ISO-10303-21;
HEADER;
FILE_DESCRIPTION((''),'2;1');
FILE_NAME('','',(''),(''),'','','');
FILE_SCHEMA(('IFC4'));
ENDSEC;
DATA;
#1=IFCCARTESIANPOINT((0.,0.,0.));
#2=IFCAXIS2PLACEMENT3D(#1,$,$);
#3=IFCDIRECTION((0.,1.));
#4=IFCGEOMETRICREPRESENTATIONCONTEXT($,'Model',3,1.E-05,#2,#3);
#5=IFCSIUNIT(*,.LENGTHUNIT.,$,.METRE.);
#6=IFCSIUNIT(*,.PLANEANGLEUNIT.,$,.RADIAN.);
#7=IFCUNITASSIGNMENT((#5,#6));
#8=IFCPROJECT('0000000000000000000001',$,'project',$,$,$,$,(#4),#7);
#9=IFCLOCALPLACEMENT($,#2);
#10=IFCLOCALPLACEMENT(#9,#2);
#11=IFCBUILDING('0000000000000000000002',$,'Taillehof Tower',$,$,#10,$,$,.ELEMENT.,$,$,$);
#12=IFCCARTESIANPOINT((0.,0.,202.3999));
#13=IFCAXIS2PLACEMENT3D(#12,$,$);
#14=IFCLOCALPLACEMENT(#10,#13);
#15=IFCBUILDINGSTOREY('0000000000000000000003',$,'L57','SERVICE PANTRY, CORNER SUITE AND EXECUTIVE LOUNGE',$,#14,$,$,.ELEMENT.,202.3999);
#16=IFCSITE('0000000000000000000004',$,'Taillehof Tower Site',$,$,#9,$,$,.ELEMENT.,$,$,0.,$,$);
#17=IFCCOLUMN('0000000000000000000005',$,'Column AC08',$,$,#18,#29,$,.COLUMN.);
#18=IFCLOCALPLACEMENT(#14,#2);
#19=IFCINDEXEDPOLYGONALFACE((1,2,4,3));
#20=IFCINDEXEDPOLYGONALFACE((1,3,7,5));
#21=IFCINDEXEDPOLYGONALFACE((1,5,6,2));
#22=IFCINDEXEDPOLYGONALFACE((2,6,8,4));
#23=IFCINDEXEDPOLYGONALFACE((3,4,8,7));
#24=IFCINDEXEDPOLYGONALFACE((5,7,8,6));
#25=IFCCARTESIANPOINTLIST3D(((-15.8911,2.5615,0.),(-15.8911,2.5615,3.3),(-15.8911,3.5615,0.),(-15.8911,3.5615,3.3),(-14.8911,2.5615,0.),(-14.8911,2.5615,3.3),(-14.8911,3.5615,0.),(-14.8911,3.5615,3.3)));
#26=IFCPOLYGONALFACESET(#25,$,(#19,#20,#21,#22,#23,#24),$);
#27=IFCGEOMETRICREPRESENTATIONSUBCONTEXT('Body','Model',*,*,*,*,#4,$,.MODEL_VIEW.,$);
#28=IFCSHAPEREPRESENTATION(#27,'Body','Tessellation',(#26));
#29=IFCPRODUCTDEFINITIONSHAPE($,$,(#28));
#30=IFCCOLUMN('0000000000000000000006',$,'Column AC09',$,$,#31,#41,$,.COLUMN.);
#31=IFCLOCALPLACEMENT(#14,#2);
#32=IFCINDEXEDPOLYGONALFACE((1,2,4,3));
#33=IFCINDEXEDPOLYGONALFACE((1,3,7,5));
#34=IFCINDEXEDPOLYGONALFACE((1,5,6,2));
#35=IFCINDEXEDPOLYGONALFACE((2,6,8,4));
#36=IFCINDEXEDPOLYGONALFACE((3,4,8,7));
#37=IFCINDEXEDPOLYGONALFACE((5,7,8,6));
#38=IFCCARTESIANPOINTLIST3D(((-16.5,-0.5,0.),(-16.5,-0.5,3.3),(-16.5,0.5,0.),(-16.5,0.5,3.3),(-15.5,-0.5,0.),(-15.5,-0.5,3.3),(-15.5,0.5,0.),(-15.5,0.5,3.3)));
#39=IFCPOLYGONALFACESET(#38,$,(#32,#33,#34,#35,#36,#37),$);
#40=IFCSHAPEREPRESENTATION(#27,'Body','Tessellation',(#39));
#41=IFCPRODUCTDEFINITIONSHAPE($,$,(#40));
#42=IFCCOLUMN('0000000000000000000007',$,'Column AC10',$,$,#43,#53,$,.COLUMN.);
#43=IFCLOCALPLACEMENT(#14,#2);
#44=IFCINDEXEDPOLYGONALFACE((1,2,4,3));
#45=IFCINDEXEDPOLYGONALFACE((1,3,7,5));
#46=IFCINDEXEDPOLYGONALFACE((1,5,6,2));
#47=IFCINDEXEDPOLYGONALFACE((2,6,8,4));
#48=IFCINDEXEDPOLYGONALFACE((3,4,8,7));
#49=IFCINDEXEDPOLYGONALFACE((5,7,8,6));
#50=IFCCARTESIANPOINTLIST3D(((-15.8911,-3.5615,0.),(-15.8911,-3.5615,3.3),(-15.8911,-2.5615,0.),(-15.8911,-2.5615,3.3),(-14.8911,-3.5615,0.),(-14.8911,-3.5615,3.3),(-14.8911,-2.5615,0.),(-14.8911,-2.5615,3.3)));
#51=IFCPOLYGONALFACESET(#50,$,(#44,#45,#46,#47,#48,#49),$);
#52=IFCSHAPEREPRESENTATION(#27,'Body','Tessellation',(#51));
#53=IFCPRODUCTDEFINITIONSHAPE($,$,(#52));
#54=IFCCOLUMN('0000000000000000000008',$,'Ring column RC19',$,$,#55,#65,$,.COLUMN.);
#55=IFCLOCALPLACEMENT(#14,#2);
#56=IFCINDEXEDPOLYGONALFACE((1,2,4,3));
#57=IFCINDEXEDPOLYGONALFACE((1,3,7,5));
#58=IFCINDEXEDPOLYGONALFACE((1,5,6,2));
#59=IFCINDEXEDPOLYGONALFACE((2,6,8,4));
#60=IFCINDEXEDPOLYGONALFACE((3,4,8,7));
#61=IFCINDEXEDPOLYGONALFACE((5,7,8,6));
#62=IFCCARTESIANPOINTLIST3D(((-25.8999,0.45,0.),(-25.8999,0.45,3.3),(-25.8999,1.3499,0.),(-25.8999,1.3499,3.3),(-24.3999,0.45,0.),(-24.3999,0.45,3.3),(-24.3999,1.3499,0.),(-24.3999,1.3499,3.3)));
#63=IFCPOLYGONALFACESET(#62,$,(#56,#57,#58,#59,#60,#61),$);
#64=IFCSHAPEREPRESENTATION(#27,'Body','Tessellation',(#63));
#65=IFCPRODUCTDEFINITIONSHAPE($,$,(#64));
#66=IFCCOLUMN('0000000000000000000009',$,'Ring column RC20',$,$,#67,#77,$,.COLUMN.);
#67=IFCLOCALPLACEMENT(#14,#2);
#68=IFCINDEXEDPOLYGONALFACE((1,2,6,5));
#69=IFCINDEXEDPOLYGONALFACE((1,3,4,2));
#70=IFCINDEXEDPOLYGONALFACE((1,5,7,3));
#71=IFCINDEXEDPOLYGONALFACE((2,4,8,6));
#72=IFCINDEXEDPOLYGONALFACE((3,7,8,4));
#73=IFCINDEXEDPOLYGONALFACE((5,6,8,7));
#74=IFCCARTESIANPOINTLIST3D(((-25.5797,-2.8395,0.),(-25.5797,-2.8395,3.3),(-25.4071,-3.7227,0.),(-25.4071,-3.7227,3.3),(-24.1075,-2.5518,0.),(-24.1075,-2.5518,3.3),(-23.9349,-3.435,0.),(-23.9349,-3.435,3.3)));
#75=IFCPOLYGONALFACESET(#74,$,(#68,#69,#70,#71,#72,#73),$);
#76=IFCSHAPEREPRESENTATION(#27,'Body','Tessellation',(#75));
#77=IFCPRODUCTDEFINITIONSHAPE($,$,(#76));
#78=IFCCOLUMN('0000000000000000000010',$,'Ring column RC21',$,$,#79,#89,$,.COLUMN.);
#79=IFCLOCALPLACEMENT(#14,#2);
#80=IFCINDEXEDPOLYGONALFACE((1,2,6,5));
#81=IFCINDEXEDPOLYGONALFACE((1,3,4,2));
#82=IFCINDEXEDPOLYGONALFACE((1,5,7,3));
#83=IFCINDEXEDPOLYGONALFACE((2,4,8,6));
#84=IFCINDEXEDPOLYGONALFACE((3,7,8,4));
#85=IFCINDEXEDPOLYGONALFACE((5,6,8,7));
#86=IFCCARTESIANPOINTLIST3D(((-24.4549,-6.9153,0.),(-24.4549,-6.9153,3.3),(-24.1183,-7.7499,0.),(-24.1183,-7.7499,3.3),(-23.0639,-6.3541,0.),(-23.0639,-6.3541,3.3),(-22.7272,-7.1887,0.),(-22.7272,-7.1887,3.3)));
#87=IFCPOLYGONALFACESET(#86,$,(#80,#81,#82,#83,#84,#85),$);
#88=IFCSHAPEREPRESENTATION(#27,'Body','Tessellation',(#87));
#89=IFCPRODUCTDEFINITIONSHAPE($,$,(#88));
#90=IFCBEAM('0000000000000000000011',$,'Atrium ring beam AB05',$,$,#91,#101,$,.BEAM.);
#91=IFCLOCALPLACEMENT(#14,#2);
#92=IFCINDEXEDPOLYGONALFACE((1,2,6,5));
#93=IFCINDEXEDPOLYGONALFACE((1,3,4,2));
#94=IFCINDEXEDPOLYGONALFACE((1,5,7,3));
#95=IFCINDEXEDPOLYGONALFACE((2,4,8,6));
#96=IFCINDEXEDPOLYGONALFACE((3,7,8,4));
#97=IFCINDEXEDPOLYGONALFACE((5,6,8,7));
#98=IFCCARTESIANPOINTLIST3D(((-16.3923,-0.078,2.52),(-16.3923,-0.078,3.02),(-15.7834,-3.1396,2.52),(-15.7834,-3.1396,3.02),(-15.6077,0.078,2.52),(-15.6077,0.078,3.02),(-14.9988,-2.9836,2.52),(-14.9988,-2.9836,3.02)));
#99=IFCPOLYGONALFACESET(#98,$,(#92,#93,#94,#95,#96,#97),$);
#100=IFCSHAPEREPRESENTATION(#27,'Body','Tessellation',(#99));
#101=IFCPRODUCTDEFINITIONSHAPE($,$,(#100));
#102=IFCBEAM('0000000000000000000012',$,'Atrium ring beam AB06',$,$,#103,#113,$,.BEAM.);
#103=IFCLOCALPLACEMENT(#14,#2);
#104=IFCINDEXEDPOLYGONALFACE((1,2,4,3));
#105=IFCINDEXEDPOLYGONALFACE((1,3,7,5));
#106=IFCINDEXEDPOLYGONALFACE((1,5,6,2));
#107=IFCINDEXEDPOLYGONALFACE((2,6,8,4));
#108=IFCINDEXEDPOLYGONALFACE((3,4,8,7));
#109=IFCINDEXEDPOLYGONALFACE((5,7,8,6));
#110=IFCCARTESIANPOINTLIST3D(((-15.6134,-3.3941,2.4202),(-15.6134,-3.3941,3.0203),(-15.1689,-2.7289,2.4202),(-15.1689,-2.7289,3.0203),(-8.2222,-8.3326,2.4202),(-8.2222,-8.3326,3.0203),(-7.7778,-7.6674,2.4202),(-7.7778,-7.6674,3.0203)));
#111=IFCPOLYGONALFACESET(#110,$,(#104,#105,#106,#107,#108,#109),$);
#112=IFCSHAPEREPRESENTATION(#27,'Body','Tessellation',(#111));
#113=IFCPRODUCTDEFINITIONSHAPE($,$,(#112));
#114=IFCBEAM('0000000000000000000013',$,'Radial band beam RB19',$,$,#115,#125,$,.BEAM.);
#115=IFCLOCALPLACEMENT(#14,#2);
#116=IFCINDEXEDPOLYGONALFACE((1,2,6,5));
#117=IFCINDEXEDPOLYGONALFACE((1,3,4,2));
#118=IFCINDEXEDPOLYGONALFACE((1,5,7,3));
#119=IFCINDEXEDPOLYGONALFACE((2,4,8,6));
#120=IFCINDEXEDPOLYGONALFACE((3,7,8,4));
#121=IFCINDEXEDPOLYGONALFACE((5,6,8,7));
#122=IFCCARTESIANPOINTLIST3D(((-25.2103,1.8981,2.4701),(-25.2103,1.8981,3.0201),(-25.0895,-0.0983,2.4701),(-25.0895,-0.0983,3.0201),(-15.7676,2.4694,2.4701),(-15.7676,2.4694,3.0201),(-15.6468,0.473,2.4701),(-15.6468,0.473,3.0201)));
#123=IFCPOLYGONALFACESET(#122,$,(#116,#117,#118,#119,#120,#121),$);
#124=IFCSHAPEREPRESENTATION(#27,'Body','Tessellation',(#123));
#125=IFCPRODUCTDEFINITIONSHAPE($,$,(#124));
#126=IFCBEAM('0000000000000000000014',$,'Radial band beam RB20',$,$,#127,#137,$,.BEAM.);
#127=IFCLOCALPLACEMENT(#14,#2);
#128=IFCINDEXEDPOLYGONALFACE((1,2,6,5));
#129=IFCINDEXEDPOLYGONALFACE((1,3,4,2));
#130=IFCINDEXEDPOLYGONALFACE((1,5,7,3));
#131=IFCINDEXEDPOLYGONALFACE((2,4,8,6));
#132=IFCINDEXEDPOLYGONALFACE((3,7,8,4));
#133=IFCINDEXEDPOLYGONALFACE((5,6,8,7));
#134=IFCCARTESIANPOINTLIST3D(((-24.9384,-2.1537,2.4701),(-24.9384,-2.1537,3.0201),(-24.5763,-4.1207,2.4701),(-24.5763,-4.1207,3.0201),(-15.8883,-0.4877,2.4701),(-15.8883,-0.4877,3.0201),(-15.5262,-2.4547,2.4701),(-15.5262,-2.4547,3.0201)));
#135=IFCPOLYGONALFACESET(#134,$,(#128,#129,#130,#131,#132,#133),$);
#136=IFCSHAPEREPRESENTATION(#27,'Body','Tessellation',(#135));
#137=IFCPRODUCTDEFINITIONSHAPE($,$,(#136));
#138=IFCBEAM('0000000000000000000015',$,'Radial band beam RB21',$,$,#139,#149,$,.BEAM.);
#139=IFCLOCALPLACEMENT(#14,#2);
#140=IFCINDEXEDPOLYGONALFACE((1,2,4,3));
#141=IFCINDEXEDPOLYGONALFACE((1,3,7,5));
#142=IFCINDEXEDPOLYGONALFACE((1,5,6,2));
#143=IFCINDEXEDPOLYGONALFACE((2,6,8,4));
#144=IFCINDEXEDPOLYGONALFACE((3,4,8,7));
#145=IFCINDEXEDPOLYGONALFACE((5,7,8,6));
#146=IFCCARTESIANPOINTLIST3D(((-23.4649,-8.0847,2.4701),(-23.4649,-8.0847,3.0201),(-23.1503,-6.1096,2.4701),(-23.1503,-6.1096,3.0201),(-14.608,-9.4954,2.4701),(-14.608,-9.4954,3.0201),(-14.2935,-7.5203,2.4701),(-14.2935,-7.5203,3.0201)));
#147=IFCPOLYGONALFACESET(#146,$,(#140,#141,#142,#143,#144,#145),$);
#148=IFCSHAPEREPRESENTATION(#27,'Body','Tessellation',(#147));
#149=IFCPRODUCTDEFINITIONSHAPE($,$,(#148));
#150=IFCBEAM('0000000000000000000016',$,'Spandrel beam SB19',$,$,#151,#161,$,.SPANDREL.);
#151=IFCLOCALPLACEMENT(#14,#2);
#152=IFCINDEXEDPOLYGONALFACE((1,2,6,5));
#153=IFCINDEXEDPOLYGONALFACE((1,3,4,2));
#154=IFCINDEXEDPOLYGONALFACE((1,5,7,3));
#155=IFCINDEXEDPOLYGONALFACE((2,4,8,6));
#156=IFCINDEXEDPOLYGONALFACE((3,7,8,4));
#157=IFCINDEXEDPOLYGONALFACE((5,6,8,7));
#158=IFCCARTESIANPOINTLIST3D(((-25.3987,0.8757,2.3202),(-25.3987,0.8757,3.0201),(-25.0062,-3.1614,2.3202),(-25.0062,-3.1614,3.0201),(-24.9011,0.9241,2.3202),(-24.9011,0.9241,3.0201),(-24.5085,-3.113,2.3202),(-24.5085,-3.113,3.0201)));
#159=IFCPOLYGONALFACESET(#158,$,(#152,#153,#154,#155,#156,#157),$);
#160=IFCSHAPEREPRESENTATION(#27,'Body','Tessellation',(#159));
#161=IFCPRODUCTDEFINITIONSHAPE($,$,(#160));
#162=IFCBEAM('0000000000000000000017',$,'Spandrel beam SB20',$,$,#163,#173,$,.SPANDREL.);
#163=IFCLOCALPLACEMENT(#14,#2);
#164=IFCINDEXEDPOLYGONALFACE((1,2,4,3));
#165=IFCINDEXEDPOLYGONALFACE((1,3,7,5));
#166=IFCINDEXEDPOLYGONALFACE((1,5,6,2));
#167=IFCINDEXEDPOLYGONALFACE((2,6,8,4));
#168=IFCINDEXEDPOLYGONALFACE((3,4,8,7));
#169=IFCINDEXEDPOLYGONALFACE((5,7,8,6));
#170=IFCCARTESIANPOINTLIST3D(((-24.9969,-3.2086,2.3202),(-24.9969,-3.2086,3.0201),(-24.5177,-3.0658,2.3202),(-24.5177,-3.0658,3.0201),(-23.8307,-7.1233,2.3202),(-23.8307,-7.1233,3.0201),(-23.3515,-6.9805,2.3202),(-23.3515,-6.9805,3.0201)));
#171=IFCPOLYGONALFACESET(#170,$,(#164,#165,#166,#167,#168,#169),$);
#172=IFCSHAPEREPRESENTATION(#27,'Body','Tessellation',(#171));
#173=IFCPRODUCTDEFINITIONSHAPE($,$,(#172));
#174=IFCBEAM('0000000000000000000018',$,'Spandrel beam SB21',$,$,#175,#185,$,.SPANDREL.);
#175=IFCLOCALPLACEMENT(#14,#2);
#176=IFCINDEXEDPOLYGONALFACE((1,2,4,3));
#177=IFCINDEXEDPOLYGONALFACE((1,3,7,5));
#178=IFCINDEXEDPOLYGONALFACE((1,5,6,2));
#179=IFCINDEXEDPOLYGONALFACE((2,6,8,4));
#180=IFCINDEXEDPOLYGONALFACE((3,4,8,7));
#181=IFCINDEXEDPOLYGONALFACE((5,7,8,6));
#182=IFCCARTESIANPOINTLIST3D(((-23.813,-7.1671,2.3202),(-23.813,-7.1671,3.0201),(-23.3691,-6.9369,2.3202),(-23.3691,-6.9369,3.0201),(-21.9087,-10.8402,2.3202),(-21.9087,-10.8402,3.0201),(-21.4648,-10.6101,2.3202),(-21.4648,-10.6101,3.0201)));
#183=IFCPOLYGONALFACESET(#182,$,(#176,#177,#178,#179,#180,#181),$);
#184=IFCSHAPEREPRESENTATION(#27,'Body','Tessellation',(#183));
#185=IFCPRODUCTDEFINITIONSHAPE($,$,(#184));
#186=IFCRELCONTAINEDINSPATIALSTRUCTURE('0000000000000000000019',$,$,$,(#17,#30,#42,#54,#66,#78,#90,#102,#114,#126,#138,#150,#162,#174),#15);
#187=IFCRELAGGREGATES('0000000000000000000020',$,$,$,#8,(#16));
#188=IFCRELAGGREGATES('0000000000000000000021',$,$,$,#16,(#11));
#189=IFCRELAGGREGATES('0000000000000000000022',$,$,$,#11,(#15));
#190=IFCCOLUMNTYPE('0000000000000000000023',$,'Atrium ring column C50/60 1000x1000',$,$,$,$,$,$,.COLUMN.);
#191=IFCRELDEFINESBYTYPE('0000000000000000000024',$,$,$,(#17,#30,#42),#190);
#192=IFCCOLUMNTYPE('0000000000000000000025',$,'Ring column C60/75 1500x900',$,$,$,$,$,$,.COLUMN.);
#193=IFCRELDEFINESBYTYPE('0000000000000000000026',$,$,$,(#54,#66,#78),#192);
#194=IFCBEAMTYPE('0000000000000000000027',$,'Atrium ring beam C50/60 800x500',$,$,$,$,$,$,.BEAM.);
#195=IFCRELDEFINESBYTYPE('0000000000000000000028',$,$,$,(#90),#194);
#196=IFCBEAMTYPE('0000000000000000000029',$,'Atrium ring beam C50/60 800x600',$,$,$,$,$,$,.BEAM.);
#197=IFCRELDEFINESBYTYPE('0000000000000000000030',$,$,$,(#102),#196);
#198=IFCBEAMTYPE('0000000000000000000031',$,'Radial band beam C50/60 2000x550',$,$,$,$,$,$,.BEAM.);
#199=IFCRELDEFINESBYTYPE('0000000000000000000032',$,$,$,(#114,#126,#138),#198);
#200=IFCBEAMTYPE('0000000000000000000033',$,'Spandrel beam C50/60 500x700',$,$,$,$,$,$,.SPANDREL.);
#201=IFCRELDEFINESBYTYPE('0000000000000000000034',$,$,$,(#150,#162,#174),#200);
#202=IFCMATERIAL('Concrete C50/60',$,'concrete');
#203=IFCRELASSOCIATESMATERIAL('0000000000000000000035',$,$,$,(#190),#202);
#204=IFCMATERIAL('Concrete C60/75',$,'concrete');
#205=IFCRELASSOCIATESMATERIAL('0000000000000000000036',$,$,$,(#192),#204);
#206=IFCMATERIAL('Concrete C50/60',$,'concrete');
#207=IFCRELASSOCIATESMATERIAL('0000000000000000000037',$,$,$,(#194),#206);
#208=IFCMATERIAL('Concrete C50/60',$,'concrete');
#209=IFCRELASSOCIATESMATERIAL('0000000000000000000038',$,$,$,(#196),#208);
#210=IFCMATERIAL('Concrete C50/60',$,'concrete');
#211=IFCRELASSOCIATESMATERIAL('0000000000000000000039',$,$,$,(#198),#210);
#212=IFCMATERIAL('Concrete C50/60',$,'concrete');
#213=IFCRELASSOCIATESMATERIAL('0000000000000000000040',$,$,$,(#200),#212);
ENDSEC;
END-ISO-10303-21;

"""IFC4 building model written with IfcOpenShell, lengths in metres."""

from ifc_helpers import new_model, si_unit, direction, frame, origin, origin_2d, place, context, subcontext, project, spatial, rectangle, extrude, material, material_profile, profile_set, type_object, element, save


model = new_model("IFC4")

# Units and contexts
model_context = context("Model", 3, precision=1e-05, world=origin(), true_north=direction((0.0, 1.0)))
body_context = subcontext(model_context, "Body", "Model", "MODEL_VIEW")
ifc_project = project(units=[si_unit("LENGTHUNIT", "METRE"), si_unit("PLANEANGLEUNIT", "RADIAN")], contexts=[model_context])

# Site, building, storey
site_placement = place(None, origin())
site = spatial("IfcSite", under=ifc_project, at=site_placement, Name="Taillehof Tower Site", CompositionType="ELEMENT", RefElevation=0.0)
building_placement = place(site_placement, origin())
building = spatial("IfcBuilding", under=site, at=building_placement, Name="Taillehof Tower", CompositionType="ELEMENT")
storey_placement = place(building_placement, frame((0.0, 0.0, 202.3999)))
storey = spatial("IfcBuildingStorey", under=building, at=storey_placement, Name="L57", Description="SERVICE PANTRY, CORNER SUITE AND EXECUTIVE LOUNGE", CompositionType="ELEMENT", Elevation=202.3999)

# Columns
ifc_material_1 = material(Name="Concrete C50/60", Category="concrete")
ifc_material_profile_1 = material_profile(ifc_material_1, rectangle(XDim=1.0, YDim=1.0, at=origin_2d()), Name="RC 1000x1000")
ifc_profile_set_1 = profile_set([ifc_material_profile_1], Name="Concrete C50/60")
column_type_1 = type_object("IfcColumnType", Name="Atrium ring column C50/60 1000x1000", PredefinedType="COLUMN", material=ifc_profile_set_1)
for number, where, z_axis, x_axis, name in (
    (1, (-15.3911, 3.0615, 0.0), (0.0, 0.0, 1.0), (1.0, 0.0, 0.0), "Column AC08"),
    (2, (-16.0, 0.0, 0.0), (0.0, 0.0, 1.0), (1.0, 0.0, 0.0), "Column AC09"),
    (3, (-15.3911, -3.0615, 0.0), (0.0, 0.0, 1.0), (1.0, 0.0, 0.0), "Column AC10"),
):
    element("IfcColumn", number, at=place(storey_placement, frame(where, z_axis=z_axis, x_axis=x_axis)), inside=storey, type_object=column_type_1, Name=name, PredefinedType="COLUMN", context=body_context, shape_type="SweptSolid", body=[
        extrude(rectangle(XDim=1.0, YDim=1.0, at=origin_2d()), origin(), (0.0, 0.0, 1.0), 3.3),
    ])
ifc_material_2 = material(Name="Concrete C60/75", Category="concrete")
ifc_material_profile_2 = material_profile(ifc_material_2, rectangle(XDim=1.5, YDim=0.8999, at=origin_2d()), Name="RC 1500x900")
ifc_profile_set_2 = profile_set([ifc_material_profile_2], Name="Concrete C60/75")
column_type_2 = type_object("IfcColumnType", Name="Ring column C60/75 1500x900", PredefinedType="COLUMN", material=ifc_profile_set_2)
for number, where, z_axis, x_axis, name in (
    (4, (-25.1499, 0.8999, 0.0), (0.0, 0.0, 1.0), (-1.0, 0.0, 0.0), "Ring column RC19"),
    (5, (-24.7573, -3.1372, 0.0), (0.0, 0.0, 1.0), (-0.981434, -0.191801, 0.0), "Ring column RC20"),
    (6, (-23.5911, -7.052, 0.0), (0.0, 0.0, 1.0), (-0.927385, -0.374108, 0.0), "Ring column RC21"),
):
    element("IfcColumn", number, at=place(storey_placement, frame(where, z_axis=z_axis, x_axis=x_axis)), inside=storey, type_object=column_type_2, Name=name, PredefinedType="COLUMN", context=body_context, shape_type="SweptSolid", body=[
        extrude(rectangle(XDim=1.5, YDim=0.8999, at=origin_2d()), origin(), (0.0, 0.0, 1.0), 3.3),
    ])

# Beams
ifc_material_3 = material(Name="Concrete C50/60", Category="concrete")
ifc_material_profile_3 = material_profile(ifc_material_3, rectangle(XDim=0.8, YDim=0.5, at=origin_2d()), Name="RC 800x500")
ifc_profile_set_3 = profile_set([ifc_material_profile_3], Name="Concrete C50/60")
beam_type_1 = type_object("IfcBeamType", Name="Atrium ring beam C50/60 800x500", PredefinedType="BEAM", material=ifc_profile_set_3)
beam_1_placement = place(storey_placement, frame((-16.0, 0.0, 2.77), z_axis=(0.195063, -0.980791, 0.0), x_axis=(0.980791, 0.195063, 0.0)))
element("IfcBeam", 7, at=beam_1_placement, inside=storey, type_object=beam_type_1, Name="Atrium ring beam AB05", PredefinedType="BEAM", context=body_context, shape_type="SweptSolid", body=[
    extrude(rectangle(XDim=0.8, YDim=0.5, at=origin_2d()), origin(), (0.0, 0.0, 1.0), 3.1216),
])
ifc_material_4 = material(Name="Concrete C50/60", Category="concrete")
ifc_material_profile_4 = material_profile(ifc_material_4, rectangle(XDim=0.8, YDim=0.6001, at=origin_2d()), Name="RC 800x600")
ifc_profile_set_4 = profile_set([ifc_material_profile_4], Name="Concrete C50/60")
beam_type_2 = type_object("IfcBeamType", Name="Atrium ring beam C50/60 800x600", PredefinedType="BEAM", material=ifc_profile_set_4)
beam_2_placement = place(storey_placement, frame((-15.3911, -3.0615, 2.7202), z_axis=(0.831475, -0.555562, 0.0), x_axis=(0.555562, 0.831475, 0.0)))
element("IfcBeam", 8, at=beam_2_placement, inside=storey, type_object=beam_type_2, Name="Atrium ring beam AB06", PredefinedType="BEAM", context=body_context, shape_type="SweptSolid", body=[
    extrude(rectangle(XDim=0.8, YDim=0.6001, at=origin_2d()), origin(), (0.0, 0.0, 1.0), 8.8892),
])
ifc_material_5 = material(Name="Concrete C50/60", Category="concrete")
ifc_material_profile_5 = material_profile(ifc_material_5, rectangle(XDim=2.0, YDim=0.55, at=origin_2d()), Name="RC 2000x550")
ifc_profile_set_5 = profile_set([ifc_material_profile_5], Name="Concrete C50/60")
beam_type_3 = type_object("IfcBeamType", Name="Radial band beam C50/60 2000x550", PredefinedType="BEAM", material=ifc_profile_set_5)
beam_3_placement = place(storey_placement, frame((-25.1499, 0.8999, 2.7451), z_axis=(0.998175, 0.060391, 0.0), x_axis=(-0.060391, 0.998175, 0.0)))
element("IfcBeam", 9, at=beam_3_placement, inside=storey, type_object=beam_type_3, Name="Radial band beam RB19", PredefinedType="BEAM", context=body_context, shape_type="SweptSolid", body=[
    extrude(rectangle(XDim=2.0, YDim=0.55, at=origin_2d()), origin(), (0.0, 0.0, 1.0), 9.46),
])
beam_4_placement = place(storey_placement, frame((-24.7573, -3.1372, 2.7451), z_axis=(0.983474, 0.181047, 0.0), x_axis=(-0.181047, 0.983474, 0.0)))
element("IfcBeam", 10, at=beam_4_placement, inside=storey, type_object=beam_type_3, Name="Radial band beam RB20", PredefinedType="BEAM", context=body_context, shape_type="SweptSolid", body=[
    extrude(rectangle(XDim=2.0, YDim=0.55, at=origin_2d()), origin(), (0.0, 0.0, 1.0), 9.2021),
])
beam_5_placement = place(storey_placement, frame((-23.3076, -7.0972, 2.7451), z_axis=(0.987553, -0.157288, 0.0), x_axis=(0.157288, 0.987553, 0.0)))
element("IfcBeam", 11, at=beam_5_placement, inside=storey, type_object=beam_type_3, Name="Radial band beam RB21", PredefinedType="BEAM", context=body_context, shape_type="SweptSolid", body=[
    extrude(rectangle(XDim=2.0, YDim=0.55, at=origin_2d()), origin(), (0.0, 0.0, 1.0), 8.9685),
])
ifc_material_6 = material(Name="Concrete C50/60", Category="concrete")
ifc_material_profile_6 = material_profile(ifc_material_6, rectangle(XDim=0.5, YDim=0.7, at=origin_2d()), Name="RC 500x700")
ifc_profile_set_6 = profile_set([ifc_material_profile_6], Name="Concrete C50/60")
beam_type_4 = type_object("IfcBeamType", Name="Spandrel beam C50/60 500x700", PredefinedType="SPANDREL", material=ifc_profile_set_6)
beam_6_placement = place(storey_placement, frame((-25.1499, 0.8999, 2.6702), z_axis=(0.096786, -0.995305, 0.0), x_axis=(0.995305, 0.096786, 0.0)))
element("IfcBeam", 12, at=beam_6_placement, inside=storey, type_object=beam_type_4, Name="Spandrel beam SB19", PredefinedType="SPANDREL", context=body_context, shape_type="SweptSolid", body=[
    extrude(rectangle(XDim=0.5, YDim=0.7, at=origin_2d()), origin(), (0.0, 0.0, 1.0), 4.0562),
])
beam_7_placement = place(storey_placement, frame((-24.7573, -3.1372, 2.6702), z_axis=(0.28551, -0.958376, 0.0), x_axis=(0.958376, 0.28551, 0.0)))
element("IfcBeam", 13, at=beam_7_placement, inside=storey, type_object=beam_type_4, Name="Spandrel beam SB20", PredefinedType="SPANDREL", context=body_context, shape_type="SweptSolid", body=[
    extrude(rectangle(XDim=0.5, YDim=0.7, at=origin_2d()), origin(), (0.0, 0.0, 1.0), 4.0847),
])
beam_8_placement = place(storey_placement, frame((-23.5911, -7.052, 2.6702), z_axis=(0.460265, -0.887781, 0.0), x_axis=(0.887781, 0.460265, 0.0)))
element("IfcBeam", 14, at=beam_8_placement, inside=storey, type_object=beam_type_4, Name="Spandrel beam SB21", PredefinedType="SPANDREL", context=body_context, shape_type="SweptSolid", body=[
    extrude(rectangle(XDim=0.5, YDim=0.7, at=origin_2d()), origin(), (0.0, 0.0, 1.0), 4.1375),
])

save(model, "model.ifc")
